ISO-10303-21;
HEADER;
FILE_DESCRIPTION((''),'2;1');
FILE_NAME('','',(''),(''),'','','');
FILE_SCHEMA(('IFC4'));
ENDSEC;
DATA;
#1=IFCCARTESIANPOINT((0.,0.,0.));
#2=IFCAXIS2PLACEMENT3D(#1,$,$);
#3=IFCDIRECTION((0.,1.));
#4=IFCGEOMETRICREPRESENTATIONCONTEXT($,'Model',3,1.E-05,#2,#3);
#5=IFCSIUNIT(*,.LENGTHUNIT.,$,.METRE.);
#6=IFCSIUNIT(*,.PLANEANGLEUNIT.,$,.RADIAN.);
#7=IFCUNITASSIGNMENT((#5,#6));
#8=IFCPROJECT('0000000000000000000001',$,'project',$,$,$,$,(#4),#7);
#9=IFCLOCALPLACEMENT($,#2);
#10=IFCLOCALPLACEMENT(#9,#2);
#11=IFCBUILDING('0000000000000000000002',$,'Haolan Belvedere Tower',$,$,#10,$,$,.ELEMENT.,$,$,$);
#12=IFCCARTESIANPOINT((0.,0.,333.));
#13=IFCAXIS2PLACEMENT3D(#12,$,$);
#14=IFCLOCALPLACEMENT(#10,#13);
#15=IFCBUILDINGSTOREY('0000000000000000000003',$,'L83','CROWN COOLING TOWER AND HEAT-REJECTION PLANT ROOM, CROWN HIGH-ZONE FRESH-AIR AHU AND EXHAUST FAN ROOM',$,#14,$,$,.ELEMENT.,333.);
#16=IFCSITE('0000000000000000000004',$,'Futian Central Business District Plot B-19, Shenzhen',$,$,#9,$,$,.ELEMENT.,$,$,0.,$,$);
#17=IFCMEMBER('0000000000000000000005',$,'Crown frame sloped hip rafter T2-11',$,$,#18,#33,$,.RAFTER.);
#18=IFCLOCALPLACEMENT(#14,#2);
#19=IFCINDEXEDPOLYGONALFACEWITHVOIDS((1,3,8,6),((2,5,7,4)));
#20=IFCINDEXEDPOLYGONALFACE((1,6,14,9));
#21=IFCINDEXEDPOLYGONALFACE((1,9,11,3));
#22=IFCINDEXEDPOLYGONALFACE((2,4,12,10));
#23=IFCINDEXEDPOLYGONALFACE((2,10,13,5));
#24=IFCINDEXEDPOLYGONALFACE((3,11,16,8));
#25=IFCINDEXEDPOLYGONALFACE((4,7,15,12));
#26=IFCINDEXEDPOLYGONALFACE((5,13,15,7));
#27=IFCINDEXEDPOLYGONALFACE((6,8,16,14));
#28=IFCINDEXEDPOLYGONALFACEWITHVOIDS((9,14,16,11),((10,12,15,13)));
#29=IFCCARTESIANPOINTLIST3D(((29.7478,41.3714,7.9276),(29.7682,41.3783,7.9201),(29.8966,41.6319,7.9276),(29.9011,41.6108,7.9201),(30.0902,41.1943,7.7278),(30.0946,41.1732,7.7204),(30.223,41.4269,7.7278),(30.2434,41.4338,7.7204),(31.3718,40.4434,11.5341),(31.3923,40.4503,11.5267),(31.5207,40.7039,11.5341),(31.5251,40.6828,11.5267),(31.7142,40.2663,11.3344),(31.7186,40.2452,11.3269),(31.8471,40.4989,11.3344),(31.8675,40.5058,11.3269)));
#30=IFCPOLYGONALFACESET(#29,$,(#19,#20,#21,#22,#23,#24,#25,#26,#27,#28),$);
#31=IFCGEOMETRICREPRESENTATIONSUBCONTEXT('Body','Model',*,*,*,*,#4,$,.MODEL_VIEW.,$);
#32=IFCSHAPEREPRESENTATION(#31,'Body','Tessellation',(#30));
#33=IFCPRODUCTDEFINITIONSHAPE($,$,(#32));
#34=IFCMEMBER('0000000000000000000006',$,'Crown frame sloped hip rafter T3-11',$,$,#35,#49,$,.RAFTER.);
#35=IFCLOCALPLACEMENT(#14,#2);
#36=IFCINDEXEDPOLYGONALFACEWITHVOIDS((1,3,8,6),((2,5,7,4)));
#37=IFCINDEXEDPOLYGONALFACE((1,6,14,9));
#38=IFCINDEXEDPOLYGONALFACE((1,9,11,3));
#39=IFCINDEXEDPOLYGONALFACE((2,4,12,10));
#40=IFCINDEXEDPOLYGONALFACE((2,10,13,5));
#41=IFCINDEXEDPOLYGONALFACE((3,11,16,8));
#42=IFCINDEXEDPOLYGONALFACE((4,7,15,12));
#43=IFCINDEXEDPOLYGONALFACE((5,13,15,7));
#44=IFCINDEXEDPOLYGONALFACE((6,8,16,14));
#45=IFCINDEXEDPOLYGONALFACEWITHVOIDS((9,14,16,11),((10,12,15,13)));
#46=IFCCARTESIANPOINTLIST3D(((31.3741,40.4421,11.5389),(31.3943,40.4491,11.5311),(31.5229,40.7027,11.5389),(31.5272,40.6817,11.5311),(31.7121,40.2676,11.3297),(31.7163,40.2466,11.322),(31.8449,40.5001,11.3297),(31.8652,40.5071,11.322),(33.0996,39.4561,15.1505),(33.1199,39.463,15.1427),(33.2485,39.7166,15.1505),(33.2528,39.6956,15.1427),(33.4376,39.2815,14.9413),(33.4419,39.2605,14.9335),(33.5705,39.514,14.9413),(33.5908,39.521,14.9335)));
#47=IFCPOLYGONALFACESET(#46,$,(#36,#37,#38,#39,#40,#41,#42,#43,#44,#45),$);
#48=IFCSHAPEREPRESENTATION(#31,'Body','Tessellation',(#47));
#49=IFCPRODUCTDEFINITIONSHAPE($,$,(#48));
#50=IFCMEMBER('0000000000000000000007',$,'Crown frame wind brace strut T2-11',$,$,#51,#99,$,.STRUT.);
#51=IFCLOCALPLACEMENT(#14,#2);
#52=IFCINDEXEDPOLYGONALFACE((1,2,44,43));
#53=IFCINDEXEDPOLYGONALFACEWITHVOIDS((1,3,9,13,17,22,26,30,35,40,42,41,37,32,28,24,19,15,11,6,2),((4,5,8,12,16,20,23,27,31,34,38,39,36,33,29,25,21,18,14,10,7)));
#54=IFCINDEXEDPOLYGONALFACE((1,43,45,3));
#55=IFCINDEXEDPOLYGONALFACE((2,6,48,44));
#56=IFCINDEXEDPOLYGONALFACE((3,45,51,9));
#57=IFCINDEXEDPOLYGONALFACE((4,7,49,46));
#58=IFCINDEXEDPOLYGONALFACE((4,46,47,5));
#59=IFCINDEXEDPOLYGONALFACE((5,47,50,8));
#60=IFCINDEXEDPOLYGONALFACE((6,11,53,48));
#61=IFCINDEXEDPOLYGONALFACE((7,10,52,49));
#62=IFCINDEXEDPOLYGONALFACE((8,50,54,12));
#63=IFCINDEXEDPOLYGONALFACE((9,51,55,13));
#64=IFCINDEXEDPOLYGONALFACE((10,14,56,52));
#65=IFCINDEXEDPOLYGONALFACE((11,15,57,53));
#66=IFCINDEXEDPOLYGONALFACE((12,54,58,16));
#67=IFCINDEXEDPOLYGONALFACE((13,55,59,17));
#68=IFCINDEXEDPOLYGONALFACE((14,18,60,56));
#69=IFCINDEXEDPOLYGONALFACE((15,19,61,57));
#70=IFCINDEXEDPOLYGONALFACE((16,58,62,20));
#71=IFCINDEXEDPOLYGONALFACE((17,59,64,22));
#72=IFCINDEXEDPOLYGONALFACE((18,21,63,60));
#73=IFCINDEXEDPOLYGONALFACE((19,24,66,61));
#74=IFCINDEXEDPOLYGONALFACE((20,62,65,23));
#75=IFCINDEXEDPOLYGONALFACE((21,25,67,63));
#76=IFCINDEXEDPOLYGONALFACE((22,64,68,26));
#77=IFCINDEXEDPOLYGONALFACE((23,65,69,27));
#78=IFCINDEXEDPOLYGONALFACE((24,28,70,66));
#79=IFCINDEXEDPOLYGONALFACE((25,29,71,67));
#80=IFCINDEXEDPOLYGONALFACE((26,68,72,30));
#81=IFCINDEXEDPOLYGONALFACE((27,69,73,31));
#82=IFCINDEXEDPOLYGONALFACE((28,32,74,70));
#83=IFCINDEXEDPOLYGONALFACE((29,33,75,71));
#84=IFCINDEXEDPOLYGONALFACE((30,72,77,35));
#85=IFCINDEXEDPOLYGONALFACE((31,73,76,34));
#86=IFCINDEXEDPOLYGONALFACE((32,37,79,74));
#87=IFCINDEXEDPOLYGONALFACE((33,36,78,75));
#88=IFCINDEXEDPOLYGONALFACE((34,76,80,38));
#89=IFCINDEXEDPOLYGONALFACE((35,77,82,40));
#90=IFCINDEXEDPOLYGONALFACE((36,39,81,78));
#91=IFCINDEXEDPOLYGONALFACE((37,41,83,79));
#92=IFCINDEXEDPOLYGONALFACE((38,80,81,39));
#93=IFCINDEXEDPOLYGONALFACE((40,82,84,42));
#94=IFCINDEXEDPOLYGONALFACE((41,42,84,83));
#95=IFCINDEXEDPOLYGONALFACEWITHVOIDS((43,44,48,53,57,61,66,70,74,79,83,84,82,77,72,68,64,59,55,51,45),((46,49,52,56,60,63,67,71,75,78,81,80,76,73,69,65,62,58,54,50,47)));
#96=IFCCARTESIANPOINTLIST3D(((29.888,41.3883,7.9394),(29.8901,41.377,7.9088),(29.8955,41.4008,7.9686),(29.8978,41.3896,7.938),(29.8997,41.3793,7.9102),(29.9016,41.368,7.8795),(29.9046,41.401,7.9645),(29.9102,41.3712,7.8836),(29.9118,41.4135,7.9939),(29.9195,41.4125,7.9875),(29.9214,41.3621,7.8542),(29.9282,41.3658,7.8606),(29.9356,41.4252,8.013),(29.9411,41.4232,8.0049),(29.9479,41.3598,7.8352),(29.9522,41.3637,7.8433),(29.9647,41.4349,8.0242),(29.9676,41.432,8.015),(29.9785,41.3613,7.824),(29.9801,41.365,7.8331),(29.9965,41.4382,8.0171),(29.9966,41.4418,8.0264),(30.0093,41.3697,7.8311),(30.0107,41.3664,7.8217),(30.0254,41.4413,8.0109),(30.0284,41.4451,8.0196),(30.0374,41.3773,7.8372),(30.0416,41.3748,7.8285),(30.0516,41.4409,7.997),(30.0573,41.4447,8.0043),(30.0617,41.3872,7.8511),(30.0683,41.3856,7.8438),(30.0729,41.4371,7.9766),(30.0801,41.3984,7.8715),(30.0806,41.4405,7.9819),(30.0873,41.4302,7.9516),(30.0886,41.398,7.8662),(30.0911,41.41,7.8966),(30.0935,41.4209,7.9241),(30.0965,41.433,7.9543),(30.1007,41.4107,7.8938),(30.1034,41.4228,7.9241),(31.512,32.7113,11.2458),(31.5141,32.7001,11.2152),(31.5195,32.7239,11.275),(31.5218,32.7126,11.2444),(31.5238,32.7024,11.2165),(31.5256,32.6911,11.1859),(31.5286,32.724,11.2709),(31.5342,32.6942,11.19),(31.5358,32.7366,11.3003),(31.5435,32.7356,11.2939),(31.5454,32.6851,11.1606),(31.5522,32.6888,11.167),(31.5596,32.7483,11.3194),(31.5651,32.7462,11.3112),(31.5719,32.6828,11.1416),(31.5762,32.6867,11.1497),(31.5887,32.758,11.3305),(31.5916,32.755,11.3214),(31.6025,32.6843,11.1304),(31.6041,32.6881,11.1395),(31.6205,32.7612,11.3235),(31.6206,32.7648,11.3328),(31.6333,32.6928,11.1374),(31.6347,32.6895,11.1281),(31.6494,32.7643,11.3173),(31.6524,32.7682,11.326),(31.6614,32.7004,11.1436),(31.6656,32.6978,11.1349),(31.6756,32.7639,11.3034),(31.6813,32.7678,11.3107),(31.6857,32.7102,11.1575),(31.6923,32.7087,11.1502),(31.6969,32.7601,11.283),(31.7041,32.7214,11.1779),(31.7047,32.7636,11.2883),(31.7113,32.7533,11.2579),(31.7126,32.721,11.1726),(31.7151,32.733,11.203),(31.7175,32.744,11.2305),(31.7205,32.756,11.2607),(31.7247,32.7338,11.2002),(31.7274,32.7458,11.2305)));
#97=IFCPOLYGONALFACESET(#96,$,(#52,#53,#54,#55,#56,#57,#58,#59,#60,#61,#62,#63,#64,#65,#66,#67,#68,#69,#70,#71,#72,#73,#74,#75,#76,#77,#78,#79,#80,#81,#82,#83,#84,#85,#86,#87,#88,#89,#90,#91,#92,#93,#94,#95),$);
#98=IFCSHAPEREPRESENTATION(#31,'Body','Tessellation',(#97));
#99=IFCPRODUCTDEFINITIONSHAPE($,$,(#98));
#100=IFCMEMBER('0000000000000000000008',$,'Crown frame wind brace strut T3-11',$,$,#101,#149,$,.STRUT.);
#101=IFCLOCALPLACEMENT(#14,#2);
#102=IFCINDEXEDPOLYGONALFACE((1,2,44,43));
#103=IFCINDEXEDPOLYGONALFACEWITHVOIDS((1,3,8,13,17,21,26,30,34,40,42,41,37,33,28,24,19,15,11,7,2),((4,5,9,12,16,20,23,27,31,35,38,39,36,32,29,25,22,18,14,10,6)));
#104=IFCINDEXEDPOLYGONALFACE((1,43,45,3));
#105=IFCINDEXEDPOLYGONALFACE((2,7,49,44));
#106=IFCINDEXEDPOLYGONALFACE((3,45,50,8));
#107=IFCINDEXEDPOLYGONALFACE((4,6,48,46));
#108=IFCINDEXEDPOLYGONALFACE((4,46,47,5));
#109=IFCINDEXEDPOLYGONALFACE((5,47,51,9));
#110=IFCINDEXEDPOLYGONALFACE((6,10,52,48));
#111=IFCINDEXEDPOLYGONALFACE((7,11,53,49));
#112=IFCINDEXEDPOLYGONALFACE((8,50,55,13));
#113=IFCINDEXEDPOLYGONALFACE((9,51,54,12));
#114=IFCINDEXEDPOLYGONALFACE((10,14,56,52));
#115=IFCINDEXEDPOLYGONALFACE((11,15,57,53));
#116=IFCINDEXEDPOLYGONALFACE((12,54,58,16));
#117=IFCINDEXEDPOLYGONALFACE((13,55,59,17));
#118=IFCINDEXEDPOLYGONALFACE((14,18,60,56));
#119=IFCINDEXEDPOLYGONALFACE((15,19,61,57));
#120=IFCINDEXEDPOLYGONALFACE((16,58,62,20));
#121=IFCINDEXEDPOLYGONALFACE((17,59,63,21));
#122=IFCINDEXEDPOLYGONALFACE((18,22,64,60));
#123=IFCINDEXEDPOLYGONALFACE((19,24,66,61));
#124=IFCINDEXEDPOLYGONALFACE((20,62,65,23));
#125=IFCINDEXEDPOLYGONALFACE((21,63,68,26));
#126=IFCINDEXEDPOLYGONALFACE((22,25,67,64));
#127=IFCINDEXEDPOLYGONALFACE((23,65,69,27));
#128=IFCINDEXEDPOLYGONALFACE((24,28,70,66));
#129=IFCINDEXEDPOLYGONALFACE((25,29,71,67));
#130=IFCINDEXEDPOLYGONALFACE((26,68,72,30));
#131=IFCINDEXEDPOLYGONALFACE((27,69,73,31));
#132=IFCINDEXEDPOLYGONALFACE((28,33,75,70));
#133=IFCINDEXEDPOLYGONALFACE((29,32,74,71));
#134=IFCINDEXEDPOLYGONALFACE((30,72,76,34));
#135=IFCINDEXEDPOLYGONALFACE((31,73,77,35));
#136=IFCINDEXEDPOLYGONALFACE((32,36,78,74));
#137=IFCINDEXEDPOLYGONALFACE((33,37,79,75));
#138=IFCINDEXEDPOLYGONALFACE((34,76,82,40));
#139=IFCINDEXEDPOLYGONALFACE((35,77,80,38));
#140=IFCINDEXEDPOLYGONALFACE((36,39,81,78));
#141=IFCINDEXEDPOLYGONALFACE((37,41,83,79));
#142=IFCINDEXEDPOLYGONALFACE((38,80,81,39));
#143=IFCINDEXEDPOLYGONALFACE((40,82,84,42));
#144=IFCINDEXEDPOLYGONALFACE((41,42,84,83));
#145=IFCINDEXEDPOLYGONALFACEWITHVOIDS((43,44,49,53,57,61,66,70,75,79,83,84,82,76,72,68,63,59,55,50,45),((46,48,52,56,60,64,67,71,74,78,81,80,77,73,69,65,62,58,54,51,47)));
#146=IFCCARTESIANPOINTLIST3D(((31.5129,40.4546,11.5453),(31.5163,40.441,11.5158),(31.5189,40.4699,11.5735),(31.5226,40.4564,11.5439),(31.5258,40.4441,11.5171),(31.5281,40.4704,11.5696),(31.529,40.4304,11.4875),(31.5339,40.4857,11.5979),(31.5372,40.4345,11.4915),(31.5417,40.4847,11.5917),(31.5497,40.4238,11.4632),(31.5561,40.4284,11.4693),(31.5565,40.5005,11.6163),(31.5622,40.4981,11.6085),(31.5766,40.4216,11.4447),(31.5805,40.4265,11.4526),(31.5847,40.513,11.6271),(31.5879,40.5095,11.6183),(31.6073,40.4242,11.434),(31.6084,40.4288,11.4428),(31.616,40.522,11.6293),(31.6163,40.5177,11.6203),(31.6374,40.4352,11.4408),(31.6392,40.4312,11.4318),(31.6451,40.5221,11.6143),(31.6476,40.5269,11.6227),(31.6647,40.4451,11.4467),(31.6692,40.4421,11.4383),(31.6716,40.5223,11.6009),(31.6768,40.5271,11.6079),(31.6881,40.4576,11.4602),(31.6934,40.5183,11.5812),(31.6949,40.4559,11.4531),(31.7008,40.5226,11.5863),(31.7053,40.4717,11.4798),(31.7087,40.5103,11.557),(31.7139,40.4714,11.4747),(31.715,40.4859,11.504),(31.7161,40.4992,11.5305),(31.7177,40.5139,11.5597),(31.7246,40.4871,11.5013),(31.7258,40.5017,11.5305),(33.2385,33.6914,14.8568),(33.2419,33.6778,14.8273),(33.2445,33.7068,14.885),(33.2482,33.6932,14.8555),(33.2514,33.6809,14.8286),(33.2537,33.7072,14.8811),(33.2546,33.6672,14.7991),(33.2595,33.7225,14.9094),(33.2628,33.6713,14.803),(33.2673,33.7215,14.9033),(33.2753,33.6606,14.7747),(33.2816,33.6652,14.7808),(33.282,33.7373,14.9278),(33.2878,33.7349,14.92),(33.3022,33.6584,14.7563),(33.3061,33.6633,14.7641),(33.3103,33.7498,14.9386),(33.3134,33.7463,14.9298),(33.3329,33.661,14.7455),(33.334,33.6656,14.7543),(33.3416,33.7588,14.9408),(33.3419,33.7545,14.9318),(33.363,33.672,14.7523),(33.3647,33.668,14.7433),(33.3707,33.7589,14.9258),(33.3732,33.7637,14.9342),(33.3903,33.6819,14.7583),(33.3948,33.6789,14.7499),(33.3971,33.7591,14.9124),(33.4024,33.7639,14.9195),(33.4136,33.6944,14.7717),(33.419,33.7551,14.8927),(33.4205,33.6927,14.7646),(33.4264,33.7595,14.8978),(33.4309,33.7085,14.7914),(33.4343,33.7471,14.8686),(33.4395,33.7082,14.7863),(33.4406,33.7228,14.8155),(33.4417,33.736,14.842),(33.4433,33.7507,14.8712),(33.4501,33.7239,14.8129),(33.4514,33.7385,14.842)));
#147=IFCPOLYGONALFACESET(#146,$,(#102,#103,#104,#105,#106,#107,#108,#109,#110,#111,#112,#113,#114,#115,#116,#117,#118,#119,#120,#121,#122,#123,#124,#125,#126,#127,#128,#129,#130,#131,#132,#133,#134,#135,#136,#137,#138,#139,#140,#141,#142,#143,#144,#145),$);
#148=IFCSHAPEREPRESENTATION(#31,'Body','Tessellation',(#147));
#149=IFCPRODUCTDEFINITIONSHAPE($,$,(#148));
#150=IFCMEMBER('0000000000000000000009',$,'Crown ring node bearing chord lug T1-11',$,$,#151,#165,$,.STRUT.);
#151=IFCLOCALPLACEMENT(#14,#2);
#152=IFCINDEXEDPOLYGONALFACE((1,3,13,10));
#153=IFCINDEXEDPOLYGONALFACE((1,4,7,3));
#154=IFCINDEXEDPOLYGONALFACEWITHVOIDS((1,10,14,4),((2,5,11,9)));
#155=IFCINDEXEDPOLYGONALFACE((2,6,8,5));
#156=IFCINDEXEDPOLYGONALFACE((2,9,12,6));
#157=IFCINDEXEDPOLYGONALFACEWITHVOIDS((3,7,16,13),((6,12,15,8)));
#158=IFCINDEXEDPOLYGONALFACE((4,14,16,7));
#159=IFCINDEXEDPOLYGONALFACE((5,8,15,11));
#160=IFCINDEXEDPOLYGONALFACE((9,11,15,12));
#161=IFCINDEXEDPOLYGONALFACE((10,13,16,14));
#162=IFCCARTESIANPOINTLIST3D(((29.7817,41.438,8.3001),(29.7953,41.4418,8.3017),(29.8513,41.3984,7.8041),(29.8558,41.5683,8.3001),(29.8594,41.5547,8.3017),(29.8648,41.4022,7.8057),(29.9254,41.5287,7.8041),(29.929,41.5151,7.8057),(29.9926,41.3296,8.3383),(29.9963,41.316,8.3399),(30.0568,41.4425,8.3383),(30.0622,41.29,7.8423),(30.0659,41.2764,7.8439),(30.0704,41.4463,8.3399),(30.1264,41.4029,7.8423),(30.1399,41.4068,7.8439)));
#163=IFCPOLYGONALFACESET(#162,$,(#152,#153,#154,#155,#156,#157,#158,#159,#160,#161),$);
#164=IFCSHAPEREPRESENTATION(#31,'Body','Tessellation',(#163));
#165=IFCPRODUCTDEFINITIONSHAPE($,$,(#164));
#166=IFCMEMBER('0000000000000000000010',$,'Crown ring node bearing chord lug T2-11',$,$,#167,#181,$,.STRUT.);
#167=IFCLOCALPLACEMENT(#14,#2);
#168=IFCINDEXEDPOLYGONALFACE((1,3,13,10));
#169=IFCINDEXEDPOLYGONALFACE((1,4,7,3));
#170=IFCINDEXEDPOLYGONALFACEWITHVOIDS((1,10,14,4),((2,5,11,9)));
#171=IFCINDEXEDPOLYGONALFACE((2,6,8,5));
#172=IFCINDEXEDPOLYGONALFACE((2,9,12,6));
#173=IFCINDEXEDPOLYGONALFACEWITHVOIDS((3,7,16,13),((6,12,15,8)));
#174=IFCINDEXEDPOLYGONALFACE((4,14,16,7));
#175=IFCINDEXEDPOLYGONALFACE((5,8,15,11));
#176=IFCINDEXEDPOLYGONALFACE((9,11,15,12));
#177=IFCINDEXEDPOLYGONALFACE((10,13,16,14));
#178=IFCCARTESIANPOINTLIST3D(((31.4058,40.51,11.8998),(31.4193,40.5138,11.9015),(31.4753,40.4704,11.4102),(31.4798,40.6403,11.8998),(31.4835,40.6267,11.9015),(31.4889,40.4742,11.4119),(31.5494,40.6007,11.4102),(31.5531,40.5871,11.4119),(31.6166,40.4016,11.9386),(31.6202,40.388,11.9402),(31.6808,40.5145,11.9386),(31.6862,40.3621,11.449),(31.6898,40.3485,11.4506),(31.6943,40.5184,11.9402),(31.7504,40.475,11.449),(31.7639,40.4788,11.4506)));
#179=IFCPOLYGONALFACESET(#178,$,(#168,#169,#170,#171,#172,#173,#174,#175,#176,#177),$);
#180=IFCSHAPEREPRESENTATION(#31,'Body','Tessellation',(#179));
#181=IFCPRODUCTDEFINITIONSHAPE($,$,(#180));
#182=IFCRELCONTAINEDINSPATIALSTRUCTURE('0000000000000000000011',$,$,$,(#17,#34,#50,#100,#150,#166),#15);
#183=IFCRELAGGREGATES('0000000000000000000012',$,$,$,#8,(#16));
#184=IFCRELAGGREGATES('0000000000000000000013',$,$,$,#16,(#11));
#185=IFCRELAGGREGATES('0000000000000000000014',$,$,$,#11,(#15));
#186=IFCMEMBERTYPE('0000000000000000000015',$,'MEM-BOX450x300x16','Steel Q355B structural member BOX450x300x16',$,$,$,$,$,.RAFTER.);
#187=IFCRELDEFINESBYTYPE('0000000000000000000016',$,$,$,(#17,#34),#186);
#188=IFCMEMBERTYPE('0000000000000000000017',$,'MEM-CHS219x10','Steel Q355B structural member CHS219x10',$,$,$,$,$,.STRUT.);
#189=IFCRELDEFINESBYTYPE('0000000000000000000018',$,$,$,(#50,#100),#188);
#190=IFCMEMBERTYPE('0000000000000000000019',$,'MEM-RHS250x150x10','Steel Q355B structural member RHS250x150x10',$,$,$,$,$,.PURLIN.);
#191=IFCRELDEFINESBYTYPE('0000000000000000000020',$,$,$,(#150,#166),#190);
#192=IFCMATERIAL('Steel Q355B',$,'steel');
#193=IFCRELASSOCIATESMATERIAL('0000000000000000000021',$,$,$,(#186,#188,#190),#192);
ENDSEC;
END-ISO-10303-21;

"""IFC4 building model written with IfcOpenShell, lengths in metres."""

from ifc_helpers import new_model, si_unit, direction, frame, origin, origin_2d, place, context, subcontext, project, spatial, hollow_rectangle, hollow_circle, extrude, material, material_profile, profile_set, type_object, element, save


model = new_model("IFC4")

# Units and contexts
model_context = context("Model", 3, precision=1e-05, world=origin(), true_north=direction((0.0, 1.0)))
body_context = subcontext(model_context, "Body", "Model", "MODEL_VIEW")
ifc_project = project(units=[si_unit("LENGTHUNIT", "METRE"), si_unit("PLANEANGLEUNIT", "RADIAN")], contexts=[model_context])

# Site, building, storey
site_placement = place(None, origin())
site = spatial("IfcSite", under=ifc_project, at=site_placement, Name="Futian Central Business District Plot B-19, Shenzhen", CompositionType="ELEMENT", RefElevation=0.0)
building_placement = place(site_placement, origin())
building = spatial("IfcBuilding", under=site, at=building_placement, Name="Haolan Belvedere Tower", CompositionType="ELEMENT")
storey_placement = place(building_placement, frame((0.0, 0.0, 333.0)))
storey = spatial("IfcBuildingStorey", under=building, at=storey_placement, Name="L83", Description="CROWN COOLING TOWER AND HEAT-REJECTION PLANT ROOM, CROWN HIGH-ZONE FRESH-AIR AHU AND EXHAUST FAN ROOM", CompositionType="ELEMENT", Elevation=333.0)

# Members
ifc_material_1 = material(Name="Steel Q355B", Category="steel")
ifc_material_profile_1 = material_profile(ifc_material_1, hollow_rectangle(XDim=0.3, YDim=0.45, WallThickness=0.0161, at=origin_2d()), Name="Steel Q355B")
ifc_profile_set_1 = profile_set([ifc_material_profile_1], Name="Steel Q355B")
member_type_1 = type_object("IfcMemberType", Name="MEM-BOX450x300x16", Description="Steel Q355B structural member BOX450x300x16", PredefinedType="RAFTER", material=ifc_profile_set_1)
member_1_placement = place(storey_placement, frame((29.9956, 41.4026, 7.824), z_axis=(0.399746, -0.228418, 0.88771), x_axis=(0.496125, 0.868251, 0.0)))
element("IfcMember", 1, at=member_1_placement, inside=storey, type_object=member_type_1, Name="Crown frame sloped hip rafter T2-11", PredefinedType="RAFTER", context=body_context, shape_type="SweptSolid", body=[
    extrude(hollow_rectangle(XDim=0.3, YDim=0.45, WallThickness=0.0161, at=origin_2d()), origin(), (0.0, 0.0, 1.0), 4.0627),
])
member_2_placement = place(storey_placement, frame((31.6196, 40.4746, 11.4304), z_axis=(0.418597, -0.239206, 0.876103), x_axis=(0.496152, 0.868236, 0.0)))
element("IfcMember", 2, at=member_2_placement, inside=storey, type_object=member_type_1, Name="Crown frame sloped hip rafter T3-11", PredefinedType="RAFTER", context=body_context, shape_type="SweptSolid", body=[
    extrude(hollow_rectangle(XDim=0.3, YDim=0.45, WallThickness=0.0161, at=origin_2d()), origin(), (0.0, 0.0, 1.0), 4.1223),
])
ifc_material_profile_2 = material_profile(ifc_material_1, hollow_circle(Radius=0.1096, WallThickness=0.01, at=origin_2d()), Name="Steel Q355B")
ifc_profile_set_2 = profile_set([ifc_material_profile_2], Name="Steel Q355B")
member_type_2 = type_object("IfcMemberType", Name="MEM-CHS219x10", Description="Steel Q355B structural member CHS219x10", PredefinedType="STRUT", material=ifc_profile_set_2)
member_3_placement = place(storey_placement, frame((29.9956, 41.4026, 7.9241), z_axis=(0.172282, -0.920484, 0.350753), x_axis=(0.982932, 0.18397, 0.0)))
element("IfcMember", 3, at=member_3_placement, inside=storey, type_object=member_type_2, Name="Crown frame wind brace strut T2-11", PredefinedType="STRUT", context=body_context, shape_type="SweptSolid", body=[
    extrude(hollow_circle(Radius=0.1096, WallThickness=0.01, at=origin_2d()), origin(), (0.0, 0.0, 1.0), 9.4265),
])
member_4_placement = place(storey_placement, frame((31.6196, 40.4746, 11.5305), z_axis=(0.22336, -0.875428, 0.428644), x_axis=(0.968958, 0.247224, 0.0)))
element("IfcMember", 4, at=member_4_placement, inside=storey, type_object=member_type_2, Name="Crown frame wind brace strut T3-11", PredefinedType="STRUT", context=body_context, shape_type="SweptSolid", body=[
    extrude(hollow_circle(Radius=0.1096, WallThickness=0.01, at=origin_2d()), origin(), (0.0, 0.0, 1.0), 7.7256),
])
ifc_material_profile_3 = material_profile(ifc_material_1, hollow_rectangle(XDim=0.1499, YDim=0.25, WallThickness=0.01, at=origin_2d()), Name="Steel Q355B")
ifc_profile_set_3 = profile_set([ifc_material_profile_3], Name="Steel Q355B")
member_type_3 = type_object("IfcMemberType", Name="MEM-RHS250x150x10", Description="Steel Q355B structural member RHS250x150x10", PredefinedType="PURLIN", material=ifc_profile_set_3)
member_5_placement = place(storey_placement, frame((29.9956, 41.4026, 7.824), z_axis=(-0.138466, 0.078707, 0.987235), x_axis=(-0.494167, -0.869367, 0.0)))
element("IfcMember", 5, at=member_5_placement, inside=storey, type_object=member_type_3, Name="Crown ring node bearing chord lug T1-11", PredefinedType="STRUT", context=body_context, shape_type="SweptSolid", body=[
    extrude(hollow_rectangle(XDim=0.1499, YDim=0.25, WallThickness=0.01, at=origin_2d()), origin(), (0.0, 0.0, 1.0), 0.5024),
])
member_6_placement = place(storey_placement, frame((31.6196, 40.4746, 11.4304), z_axis=(-0.140282, 0.079739, 0.986895), x_axis=(-0.494167, -0.869367, 0.0)))
element("IfcMember", 6, at=member_6_placement, inside=storey, type_object=member_type_3, Name="Crown ring node bearing chord lug T2-11", PredefinedType="STRUT", context=body_context, shape_type="SweptSolid", body=[
    extrude(hollow_rectangle(XDim=0.1499, YDim=0.25, WallThickness=0.01, at=origin_2d()), origin(), (0.0, 0.0, 1.0), 0.4961),
])

save(model, "model.ifc")
